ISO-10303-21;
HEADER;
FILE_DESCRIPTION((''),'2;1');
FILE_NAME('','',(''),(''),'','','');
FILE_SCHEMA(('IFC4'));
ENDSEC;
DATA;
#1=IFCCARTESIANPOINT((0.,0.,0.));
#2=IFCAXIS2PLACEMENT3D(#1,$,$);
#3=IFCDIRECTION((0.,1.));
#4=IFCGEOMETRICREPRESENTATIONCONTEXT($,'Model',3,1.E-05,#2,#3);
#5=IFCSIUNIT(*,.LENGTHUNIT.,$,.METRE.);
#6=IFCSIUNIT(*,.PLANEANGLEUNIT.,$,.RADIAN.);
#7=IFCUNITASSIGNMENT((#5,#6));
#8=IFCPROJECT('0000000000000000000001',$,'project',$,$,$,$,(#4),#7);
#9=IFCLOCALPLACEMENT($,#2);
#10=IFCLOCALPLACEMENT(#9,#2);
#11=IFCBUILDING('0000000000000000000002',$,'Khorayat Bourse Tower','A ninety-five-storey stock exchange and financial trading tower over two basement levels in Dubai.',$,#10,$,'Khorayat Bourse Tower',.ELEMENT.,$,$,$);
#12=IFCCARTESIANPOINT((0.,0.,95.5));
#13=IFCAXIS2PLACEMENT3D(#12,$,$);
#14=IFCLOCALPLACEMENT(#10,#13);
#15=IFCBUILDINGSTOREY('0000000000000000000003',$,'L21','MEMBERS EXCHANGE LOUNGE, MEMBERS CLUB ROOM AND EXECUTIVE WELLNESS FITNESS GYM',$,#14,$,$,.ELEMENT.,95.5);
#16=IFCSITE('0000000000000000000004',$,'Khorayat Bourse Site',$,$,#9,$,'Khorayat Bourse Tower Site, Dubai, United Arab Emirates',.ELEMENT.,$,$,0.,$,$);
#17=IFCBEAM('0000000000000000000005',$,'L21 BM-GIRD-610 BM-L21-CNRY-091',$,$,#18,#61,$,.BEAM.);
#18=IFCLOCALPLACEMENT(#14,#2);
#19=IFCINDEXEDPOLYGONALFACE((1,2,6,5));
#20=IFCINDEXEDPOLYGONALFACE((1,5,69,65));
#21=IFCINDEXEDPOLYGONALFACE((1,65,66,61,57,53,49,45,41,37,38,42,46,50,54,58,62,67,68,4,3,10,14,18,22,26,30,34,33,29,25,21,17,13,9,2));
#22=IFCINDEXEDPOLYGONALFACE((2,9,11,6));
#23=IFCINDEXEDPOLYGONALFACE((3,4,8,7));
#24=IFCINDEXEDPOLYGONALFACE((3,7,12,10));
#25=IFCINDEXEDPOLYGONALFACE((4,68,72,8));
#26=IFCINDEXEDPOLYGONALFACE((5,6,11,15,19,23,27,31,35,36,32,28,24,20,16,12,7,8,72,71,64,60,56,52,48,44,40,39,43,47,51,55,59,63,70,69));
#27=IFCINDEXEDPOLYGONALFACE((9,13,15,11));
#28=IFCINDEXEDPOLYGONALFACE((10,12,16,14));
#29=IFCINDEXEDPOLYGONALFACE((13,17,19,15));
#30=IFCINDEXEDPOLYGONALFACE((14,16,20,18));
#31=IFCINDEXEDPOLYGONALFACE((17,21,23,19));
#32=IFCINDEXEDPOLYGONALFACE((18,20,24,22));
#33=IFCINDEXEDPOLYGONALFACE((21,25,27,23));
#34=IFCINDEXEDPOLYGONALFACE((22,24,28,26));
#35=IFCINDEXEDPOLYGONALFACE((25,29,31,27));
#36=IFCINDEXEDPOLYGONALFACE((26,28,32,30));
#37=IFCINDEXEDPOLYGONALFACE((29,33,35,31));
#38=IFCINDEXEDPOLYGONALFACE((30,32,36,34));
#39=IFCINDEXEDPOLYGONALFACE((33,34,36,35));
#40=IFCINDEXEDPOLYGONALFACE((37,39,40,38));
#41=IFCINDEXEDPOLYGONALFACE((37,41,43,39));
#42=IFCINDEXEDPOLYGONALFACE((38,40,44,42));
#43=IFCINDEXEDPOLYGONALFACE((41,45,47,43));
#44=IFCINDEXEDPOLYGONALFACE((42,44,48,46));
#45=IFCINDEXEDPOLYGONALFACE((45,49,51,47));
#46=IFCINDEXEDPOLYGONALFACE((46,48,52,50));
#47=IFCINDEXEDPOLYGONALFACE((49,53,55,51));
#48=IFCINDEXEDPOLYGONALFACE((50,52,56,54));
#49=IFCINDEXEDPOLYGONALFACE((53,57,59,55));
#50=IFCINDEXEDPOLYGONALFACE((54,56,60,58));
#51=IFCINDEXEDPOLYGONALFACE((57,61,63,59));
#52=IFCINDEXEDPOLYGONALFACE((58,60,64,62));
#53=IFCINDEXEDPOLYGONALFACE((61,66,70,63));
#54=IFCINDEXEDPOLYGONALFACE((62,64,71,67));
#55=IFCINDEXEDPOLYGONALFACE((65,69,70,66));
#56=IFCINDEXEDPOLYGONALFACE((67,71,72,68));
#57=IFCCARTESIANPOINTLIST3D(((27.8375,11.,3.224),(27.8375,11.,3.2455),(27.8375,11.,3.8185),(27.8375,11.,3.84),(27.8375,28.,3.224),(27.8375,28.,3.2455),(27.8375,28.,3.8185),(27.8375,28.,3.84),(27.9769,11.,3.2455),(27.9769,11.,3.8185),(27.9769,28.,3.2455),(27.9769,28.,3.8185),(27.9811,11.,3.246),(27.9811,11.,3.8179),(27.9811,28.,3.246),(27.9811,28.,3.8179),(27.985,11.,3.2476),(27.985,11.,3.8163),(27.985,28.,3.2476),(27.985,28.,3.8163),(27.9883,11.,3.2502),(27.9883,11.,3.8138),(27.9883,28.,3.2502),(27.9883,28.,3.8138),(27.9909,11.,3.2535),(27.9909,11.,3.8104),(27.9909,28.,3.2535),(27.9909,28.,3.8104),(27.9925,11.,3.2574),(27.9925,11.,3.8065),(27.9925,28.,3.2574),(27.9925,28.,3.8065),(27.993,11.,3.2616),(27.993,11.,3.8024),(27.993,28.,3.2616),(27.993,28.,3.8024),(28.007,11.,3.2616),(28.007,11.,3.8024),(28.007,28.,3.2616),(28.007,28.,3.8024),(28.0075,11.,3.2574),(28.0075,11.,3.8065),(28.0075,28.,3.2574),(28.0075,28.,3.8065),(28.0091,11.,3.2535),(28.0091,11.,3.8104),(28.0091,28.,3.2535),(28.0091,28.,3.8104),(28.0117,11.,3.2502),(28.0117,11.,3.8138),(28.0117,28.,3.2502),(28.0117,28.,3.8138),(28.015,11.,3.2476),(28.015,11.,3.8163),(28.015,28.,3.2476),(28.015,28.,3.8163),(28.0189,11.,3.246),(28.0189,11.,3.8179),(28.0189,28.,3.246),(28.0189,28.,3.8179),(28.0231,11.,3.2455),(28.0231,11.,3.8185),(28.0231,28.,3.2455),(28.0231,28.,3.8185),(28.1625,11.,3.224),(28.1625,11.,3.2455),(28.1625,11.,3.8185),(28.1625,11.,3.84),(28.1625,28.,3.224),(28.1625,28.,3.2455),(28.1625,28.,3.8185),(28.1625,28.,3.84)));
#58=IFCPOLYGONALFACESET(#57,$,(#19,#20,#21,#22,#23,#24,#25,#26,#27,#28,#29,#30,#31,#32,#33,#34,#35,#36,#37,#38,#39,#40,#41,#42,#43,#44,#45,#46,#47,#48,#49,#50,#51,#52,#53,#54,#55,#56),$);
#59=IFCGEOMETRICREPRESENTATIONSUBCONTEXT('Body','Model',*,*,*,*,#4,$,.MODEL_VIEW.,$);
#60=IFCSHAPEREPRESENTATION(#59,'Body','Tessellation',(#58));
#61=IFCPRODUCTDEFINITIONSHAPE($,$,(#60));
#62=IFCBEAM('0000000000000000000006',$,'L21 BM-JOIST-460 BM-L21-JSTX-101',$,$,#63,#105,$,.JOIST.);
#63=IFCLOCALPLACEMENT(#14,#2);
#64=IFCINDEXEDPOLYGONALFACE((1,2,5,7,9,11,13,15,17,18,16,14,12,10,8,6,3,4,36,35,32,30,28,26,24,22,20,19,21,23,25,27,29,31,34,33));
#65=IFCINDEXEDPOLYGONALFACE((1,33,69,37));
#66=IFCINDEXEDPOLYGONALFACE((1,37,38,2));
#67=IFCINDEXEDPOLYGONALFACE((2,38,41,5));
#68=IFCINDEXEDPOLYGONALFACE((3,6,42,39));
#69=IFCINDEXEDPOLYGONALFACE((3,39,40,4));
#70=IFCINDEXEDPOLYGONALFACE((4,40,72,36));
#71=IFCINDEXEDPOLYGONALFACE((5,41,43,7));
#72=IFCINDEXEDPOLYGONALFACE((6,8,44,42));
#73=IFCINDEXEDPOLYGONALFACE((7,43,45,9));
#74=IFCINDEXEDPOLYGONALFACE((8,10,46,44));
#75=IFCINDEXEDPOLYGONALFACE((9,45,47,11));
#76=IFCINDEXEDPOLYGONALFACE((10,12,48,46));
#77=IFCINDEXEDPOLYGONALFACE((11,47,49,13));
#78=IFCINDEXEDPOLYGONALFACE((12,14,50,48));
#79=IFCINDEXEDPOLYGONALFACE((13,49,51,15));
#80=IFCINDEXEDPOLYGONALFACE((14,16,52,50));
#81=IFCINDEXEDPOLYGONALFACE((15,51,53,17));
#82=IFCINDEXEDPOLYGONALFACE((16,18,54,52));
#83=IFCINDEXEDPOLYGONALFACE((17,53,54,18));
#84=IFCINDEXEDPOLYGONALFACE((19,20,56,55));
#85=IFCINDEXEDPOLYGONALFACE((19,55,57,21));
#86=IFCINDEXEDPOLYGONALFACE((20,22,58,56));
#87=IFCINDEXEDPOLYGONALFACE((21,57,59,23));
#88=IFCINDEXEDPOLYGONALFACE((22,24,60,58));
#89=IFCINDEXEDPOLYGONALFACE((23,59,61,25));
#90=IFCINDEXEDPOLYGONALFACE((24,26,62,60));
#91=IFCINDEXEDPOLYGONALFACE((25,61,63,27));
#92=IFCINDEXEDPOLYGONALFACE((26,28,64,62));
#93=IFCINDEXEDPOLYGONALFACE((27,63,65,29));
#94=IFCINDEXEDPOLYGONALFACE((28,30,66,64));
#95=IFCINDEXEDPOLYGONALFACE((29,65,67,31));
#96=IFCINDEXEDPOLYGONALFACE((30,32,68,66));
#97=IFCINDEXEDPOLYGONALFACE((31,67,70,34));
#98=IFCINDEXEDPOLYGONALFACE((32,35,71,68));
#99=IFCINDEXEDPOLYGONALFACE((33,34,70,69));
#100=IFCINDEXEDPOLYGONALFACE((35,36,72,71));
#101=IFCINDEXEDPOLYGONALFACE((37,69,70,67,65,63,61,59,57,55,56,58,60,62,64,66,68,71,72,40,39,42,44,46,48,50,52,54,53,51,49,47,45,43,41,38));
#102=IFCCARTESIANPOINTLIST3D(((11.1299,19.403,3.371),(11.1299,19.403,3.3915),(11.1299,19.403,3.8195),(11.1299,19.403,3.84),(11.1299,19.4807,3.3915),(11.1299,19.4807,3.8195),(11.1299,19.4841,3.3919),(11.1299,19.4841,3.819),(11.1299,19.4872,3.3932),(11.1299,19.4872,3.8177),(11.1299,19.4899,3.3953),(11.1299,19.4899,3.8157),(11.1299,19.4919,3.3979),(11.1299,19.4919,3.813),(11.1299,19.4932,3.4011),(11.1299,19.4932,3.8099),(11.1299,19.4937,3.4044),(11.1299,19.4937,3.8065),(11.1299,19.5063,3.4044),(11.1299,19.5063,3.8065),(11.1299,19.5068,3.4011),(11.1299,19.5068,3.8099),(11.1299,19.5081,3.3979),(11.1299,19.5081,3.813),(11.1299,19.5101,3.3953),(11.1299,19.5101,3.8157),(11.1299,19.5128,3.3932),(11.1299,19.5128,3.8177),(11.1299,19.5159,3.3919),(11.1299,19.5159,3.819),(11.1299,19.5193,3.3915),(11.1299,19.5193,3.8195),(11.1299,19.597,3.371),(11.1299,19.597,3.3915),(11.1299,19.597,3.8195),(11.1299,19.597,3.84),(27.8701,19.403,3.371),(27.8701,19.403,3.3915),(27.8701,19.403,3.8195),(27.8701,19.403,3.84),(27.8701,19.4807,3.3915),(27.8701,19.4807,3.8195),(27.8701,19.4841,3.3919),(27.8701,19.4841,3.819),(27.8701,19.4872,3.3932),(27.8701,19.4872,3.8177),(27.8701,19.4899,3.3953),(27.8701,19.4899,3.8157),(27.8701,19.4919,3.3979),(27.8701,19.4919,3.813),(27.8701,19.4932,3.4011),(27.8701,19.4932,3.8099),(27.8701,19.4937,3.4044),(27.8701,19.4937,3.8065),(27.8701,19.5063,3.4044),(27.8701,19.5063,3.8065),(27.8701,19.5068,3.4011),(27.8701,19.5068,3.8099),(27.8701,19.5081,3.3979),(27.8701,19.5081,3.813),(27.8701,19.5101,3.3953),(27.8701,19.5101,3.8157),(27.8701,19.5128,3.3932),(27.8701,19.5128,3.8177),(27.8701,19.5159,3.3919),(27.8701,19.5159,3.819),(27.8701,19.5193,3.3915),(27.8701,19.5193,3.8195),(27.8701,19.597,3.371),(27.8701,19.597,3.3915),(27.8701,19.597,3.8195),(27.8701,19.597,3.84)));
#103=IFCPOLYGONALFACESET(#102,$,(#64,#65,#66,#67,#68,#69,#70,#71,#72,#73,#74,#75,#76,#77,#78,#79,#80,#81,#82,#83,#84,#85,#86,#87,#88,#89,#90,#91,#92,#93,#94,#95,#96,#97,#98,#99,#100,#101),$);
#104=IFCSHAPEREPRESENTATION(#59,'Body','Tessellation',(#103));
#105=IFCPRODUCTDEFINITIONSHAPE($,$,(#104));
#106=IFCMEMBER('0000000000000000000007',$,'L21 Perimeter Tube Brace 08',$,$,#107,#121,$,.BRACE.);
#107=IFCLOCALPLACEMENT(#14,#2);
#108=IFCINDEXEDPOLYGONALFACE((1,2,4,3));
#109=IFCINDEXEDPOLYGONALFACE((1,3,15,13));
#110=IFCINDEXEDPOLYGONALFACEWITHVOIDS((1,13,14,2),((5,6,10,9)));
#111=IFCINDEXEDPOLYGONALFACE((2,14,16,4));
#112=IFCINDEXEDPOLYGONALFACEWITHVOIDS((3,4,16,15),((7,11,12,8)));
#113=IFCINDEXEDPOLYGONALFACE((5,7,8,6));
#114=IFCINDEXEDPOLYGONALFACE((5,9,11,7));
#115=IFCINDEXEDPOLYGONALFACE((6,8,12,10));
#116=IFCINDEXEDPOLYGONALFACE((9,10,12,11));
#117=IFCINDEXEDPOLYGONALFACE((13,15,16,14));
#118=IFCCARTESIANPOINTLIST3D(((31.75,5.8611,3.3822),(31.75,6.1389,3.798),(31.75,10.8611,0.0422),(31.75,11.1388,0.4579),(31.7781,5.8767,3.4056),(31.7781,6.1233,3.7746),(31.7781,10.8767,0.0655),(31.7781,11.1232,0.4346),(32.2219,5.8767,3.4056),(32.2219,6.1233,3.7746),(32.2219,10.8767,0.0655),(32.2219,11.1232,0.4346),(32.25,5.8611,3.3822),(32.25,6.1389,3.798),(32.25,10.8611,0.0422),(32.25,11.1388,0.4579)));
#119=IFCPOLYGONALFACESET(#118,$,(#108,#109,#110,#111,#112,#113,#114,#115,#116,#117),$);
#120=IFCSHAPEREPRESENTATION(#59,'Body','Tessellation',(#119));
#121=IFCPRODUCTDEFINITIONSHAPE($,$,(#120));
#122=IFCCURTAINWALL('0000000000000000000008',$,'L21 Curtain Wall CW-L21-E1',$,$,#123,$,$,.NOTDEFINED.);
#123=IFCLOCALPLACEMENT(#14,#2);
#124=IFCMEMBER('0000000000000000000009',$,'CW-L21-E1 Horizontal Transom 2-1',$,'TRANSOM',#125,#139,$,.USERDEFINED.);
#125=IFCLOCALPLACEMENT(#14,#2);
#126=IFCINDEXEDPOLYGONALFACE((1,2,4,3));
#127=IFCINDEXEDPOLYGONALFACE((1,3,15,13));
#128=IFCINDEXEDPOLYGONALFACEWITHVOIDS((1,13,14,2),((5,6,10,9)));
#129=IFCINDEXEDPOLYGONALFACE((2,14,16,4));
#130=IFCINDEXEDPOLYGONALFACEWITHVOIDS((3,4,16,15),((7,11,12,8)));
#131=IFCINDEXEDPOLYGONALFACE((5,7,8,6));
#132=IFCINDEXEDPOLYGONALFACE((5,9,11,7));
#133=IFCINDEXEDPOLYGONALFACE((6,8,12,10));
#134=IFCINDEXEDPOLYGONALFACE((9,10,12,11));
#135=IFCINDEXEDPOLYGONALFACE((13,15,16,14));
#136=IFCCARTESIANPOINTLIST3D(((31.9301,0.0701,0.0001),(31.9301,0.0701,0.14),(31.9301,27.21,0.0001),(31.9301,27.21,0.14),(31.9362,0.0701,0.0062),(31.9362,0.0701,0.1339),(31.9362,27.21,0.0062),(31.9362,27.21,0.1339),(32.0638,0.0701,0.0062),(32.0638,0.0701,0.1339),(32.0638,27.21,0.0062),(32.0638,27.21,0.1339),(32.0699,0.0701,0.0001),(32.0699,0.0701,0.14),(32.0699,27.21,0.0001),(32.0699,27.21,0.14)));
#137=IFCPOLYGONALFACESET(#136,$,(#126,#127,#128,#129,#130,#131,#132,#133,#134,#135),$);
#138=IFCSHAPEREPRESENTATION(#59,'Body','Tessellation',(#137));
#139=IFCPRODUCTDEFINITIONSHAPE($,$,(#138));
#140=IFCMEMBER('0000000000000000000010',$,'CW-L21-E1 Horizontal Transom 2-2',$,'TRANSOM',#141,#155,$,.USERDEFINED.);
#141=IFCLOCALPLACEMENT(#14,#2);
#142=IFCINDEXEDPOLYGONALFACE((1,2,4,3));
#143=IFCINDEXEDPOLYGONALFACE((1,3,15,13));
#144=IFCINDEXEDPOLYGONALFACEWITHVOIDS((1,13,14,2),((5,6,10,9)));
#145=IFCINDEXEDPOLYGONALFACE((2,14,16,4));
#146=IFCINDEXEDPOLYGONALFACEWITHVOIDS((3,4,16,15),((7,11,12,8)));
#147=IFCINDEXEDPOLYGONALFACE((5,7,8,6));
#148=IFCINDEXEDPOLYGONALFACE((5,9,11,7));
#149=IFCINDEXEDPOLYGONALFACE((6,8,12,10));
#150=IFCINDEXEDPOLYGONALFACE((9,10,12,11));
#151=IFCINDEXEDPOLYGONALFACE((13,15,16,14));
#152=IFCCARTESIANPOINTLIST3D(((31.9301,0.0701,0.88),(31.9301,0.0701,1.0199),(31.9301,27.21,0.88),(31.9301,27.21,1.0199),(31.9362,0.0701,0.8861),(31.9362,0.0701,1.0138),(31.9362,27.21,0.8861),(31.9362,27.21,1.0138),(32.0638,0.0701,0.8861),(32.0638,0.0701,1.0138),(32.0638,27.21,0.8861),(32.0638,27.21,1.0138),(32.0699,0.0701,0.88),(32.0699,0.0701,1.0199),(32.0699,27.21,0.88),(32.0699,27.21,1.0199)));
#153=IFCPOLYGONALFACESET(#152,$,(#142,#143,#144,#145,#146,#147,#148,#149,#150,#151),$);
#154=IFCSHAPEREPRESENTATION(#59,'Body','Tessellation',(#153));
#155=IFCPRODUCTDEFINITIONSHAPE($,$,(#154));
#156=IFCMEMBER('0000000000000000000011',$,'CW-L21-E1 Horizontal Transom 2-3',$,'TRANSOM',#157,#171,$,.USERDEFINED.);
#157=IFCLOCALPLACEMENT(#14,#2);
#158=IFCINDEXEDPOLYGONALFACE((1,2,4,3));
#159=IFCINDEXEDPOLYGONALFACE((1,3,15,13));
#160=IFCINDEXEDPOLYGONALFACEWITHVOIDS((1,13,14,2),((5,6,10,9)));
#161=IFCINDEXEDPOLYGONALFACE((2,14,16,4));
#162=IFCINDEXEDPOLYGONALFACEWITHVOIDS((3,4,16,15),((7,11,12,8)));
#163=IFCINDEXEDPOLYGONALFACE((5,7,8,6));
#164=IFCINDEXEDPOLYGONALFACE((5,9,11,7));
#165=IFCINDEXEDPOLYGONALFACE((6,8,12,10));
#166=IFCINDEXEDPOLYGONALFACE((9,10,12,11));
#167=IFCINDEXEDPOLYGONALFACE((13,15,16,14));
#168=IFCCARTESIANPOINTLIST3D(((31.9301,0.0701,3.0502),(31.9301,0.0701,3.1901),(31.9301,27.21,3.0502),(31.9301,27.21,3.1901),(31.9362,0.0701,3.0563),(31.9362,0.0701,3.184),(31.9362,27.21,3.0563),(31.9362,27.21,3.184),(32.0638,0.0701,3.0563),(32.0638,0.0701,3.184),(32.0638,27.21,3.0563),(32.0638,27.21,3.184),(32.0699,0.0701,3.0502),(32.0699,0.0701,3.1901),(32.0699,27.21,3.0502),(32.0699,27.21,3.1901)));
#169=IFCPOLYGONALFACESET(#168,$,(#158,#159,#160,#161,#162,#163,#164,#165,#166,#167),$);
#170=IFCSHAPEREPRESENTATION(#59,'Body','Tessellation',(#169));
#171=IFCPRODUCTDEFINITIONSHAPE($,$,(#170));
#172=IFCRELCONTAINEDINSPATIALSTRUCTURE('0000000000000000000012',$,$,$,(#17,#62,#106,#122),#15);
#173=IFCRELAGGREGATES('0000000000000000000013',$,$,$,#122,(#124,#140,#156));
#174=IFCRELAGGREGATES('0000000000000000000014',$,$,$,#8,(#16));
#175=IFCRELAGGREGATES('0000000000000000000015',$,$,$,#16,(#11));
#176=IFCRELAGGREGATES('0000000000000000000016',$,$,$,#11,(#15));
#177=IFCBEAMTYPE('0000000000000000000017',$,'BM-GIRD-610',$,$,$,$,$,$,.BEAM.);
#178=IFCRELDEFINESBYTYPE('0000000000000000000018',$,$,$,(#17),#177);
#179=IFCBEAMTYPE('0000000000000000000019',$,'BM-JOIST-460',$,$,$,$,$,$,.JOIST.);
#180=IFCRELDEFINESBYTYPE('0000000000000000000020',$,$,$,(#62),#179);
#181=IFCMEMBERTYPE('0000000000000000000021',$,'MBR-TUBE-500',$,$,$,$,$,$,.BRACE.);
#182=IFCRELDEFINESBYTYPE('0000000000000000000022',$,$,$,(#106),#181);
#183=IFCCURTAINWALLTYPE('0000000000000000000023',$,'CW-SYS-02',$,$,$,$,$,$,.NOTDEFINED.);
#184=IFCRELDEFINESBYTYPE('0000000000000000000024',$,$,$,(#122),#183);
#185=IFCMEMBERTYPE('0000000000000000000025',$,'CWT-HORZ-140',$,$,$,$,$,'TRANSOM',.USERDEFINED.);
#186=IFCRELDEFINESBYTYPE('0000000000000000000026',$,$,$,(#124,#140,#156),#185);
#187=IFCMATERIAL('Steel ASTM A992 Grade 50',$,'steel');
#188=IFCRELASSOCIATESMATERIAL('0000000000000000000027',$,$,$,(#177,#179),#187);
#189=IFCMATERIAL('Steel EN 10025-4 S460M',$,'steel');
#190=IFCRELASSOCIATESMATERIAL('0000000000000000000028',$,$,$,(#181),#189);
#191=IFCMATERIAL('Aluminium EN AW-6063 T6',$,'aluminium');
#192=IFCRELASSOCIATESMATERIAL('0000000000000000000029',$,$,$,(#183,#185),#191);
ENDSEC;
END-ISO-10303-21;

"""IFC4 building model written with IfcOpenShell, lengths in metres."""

from ifc_helpers import new_model, si_unit, direction, frame, origin, origin_2d, place, context, subcontext, project, spatial, hollow_rectangle, i_section, extrude, source, transform, mapped, material, material_profile, profile_set, type_object, element, aggregate, save


model = new_model("IFC4")

# Units and contexts
model_context = context("Model", 3, precision=1e-05, world=origin(), true_north=direction((0.0, 1.0)))
body_context = subcontext(model_context, "Body", "Model", "MODEL_VIEW")
ifc_project = project(units=[si_unit("LENGTHUNIT", "METRE"), si_unit("PLANEANGLEUNIT", "RADIAN")], contexts=[model_context])

# Site, building, storey
site_placement = place(None, origin())
site = spatial("IfcSite", under=ifc_project, at=site_placement, Name="Khorayat Bourse Site", LongName="Khorayat Bourse Tower Site, Dubai, United Arab Emirates", CompositionType="ELEMENT", RefElevation=0.0)
building_placement = place(site_placement, origin())
building = spatial("IfcBuilding", under=site, at=building_placement, Name="Khorayat Bourse Tower", Description="A ninety-five-storey stock exchange and financial trading tower over two basement levels in Dubai.", LongName="Khorayat Bourse Tower", CompositionType="ELEMENT")
storey_placement = place(building_placement, frame((0.0, 0.0, 95.5)))
storey = spatial("IfcBuildingStorey", under=building, at=storey_placement, Name="L21", Description="MEMBERS EXCHANGE LOUNGE, MEMBERS CLUB ROOM AND EXECUTIVE WELLNESS FITNESS GYM", CompositionType="ELEMENT", Elevation=95.5)

# Shared definitions
ifc_material_1 = material(Name="Steel EN 10025-4 S460M", Category="steel")

# Beams
ifc_material_2 = material(Name="Steel ASTM A992 Grade 50", Category="steel")
ifc_material_profile_1 = material_profile(ifc_material_2, i_section(OverallWidth=0.325, OverallDepth=0.616, WebThickness=0.0139, FlangeThickness=0.0215, FilletRadius=0.0161, at=origin_2d()), Name="W610X174")
ifc_profile_set_1 = profile_set([ifc_material_profile_1], Name="Steel ASTM A992 Grade 50")
beam_type_1 = type_object("IfcBeamType", Name="BM-GIRD-610", PredefinedType="BEAM", material=ifc_profile_set_1)
ifc_material_profile_2 = material_profile(ifc_material_2, i_section(OverallWidth=0.1941, OverallDepth=0.469, WebThickness=0.0127, FlangeThickness=0.0205, FilletRadius=0.0129, at=origin_2d()), Name="W460X106")
ifc_profile_set_2 = profile_set([ifc_material_profile_2], Name="Steel ASTM A992 Grade 50")
beam_type_2 = type_object("IfcBeamType", Name="BM-JOIST-460", PredefinedType="JOIST", material=ifc_profile_set_2)
shared_shape_1 = source(origin(), body_context, "Body", "SweptSolid", [
    extrude(i_section(OverallWidth=0.325, OverallDepth=0.616, WebThickness=0.0139, FlangeThickness=0.0215, FilletRadius=0.0161, at=origin_2d()), origin(), (0.0, 0.0, 1.0), 17.0),
])
beam_1_placement = place(storey_placement, frame((28.0, 11.0, 3.532), z_axis=(0.0, 1.0, 0.0), x_axis=(-1.0, 0.0, 0.0)))
element("IfcBeam", 1, at=beam_1_placement, inside=storey, type_object=beam_type_1, Name="L21 BM-GIRD-610 BM-L21-CNRY-091", PredefinedType="BEAM", context=body_context, shape_type="MappedRepresentation", body=[
    mapped(shared_shape_1, transform((0.0, 0.0, 0.0), scale=1.0)),
])
shared_shape_2 = source(origin(), body_context, "Body", "SweptSolid", [
    extrude(i_section(OverallWidth=0.1941, OverallDepth=0.469, WebThickness=0.0127, FlangeThickness=0.0205, FilletRadius=0.0129, at=origin_2d()), origin(), (0.0, 0.0, 1.0), 16.7402),
])
beam_2_placement = place(storey_placement, frame((11.1299, 19.5, 3.6055), z_axis=(1.0, 0.0, 0.0), x_axis=(0.0, 1.0, 0.0)))
element("IfcBeam", 2, at=beam_2_placement, inside=storey, type_object=beam_type_2, Name="L21 BM-JOIST-460 BM-L21-JSTX-101", PredefinedType="JOIST", context=body_context, shape_type="MappedRepresentation", body=[
    mapped(shared_shape_2, transform((0.0, 0.0, 0.0), scale=1.0)),
])

# Member
ifc_material_profile_3 = material_profile(ifc_material_1, hollow_rectangle(XDim=0.5, YDim=0.5, WallThickness=0.0281, at=origin_2d()), Name="HSS 500x500x28")
ifc_profile_set_3 = profile_set([ifc_material_profile_3], Name="Steel EN 10025-4 S460M")
member_type_1 = type_object("IfcMemberType", Name="MBR-TUBE-500", PredefinedType="BRACE", material=ifc_profile_set_3)
shared_shape_3 = source(origin(), body_context, "Body", "SweptSolid", [
    extrude(hollow_rectangle(XDim=0.5, YDim=0.5, WallThickness=0.0281, at=origin_2d()), origin(), (0.0, 0.0, 1.0), 6.0129),
])
member_1_placement = place(storey_placement, frame((32.0, 6.0, 3.5901), z_axis=(0.0, 0.831531, -0.555478), x_axis=(-1.0, 0.0, 0.0)))
element("IfcMember", 3, at=member_1_placement, inside=storey, type_object=member_type_1, Name="L21 Perimeter Tube Brace 08", PredefinedType="BRACE", context=body_context, shape_type="MappedRepresentation", body=[
    mapped(shared_shape_3, transform((0.0, 0.0, 0.0), scale=1.0)),
])

# Curtain wall, members
ifc_material_3 = material(Name="Aluminium EN AW-6063 T6", Category="aluminium")
curtain_wall_type = type_object("IfcCurtainWallType", Name="CW-SYS-02", PredefinedType="NOTDEFINED", material=ifc_material_3)
curtain_wall_placement = place(storey_placement, origin())
curtain_wall = element("IfcCurtainWall", 4, at=curtain_wall_placement, inside=storey, type_object=curtain_wall_type, Name="L21 Curtain Wall CW-L21-E1", PredefinedType="NOTDEFINED")
ifc_material_profile_4 = material_profile(ifc_material_3, hollow_rectangle(XDim=0.1399, YDim=0.1399, WallThickness=0.0061, at=origin_2d()), Name="ALU 140x140x6")
ifc_profile_set_4 = profile_set([ifc_material_profile_4], Name="Aluminium EN AW-6063 T6")
member_type_2 = type_object("IfcMemberType", Name="CWT-HORZ-140", ElementType="TRANSOM", PredefinedType="USERDEFINED", material=ifc_profile_set_4)
shared_shape_4 = source(origin(), body_context, "Body", "SweptSolid", [
    extrude(hollow_rectangle(XDim=0.1399, YDim=0.1399, WallThickness=0.0061, at=origin_2d()), origin(), (0.0, 0.0, 1.0), 27.1399),
])
member_2_placement = place(storey_placement, frame((32.0, 0.0701, 0.0701), z_axis=(0.0, 1.0, 0.0), x_axis=(-1.0, 0.0, 0.0)))
member_2 = element("IfcMember", 5, at=member_2_placement, type_object=member_type_2, Name="CW-L21-E1 Horizontal Transom 2-1", ObjectType="TRANSOM", PredefinedType="USERDEFINED", context=body_context, shape_type="MappedRepresentation", body=[
    mapped(shared_shape_4, transform((0.0, 0.0, 0.0), scale=1.0)),
])
member_3_placement = place(storey_placement, frame((32.0, 0.0701, 0.95), z_axis=(0.0, 1.0, 0.0), x_axis=(-1.0, 0.0, 0.0)))
member_3 = element("IfcMember", 6, at=member_3_placement, type_object=member_type_2, Name="CW-L21-E1 Horizontal Transom 2-2", ObjectType="TRANSOM", PredefinedType="USERDEFINED", context=body_context, shape_type="MappedRepresentation", body=[
    mapped(shared_shape_4, transform((0.0, 0.0, 0.0), scale=1.0)),
])
member_4_placement = place(storey_placement, frame((32.0, 0.0701, 3.1201), z_axis=(0.0, 1.0, 0.0), x_axis=(-1.0, 0.0, 0.0)))
member_4 = element("IfcMember", 7, at=member_4_placement, type_object=member_type_2, Name="CW-L21-E1 Horizontal Transom 2-3", ObjectType="TRANSOM", PredefinedType="USERDEFINED", context=body_context, shape_type="MappedRepresentation", body=[
    mapped(shared_shape_4, transform((0.0, 0.0, 0.0), scale=1.0)),
])

aggregate(curtain_wall, [member_2, member_3, member_4])

save(model, "model.ifc")
